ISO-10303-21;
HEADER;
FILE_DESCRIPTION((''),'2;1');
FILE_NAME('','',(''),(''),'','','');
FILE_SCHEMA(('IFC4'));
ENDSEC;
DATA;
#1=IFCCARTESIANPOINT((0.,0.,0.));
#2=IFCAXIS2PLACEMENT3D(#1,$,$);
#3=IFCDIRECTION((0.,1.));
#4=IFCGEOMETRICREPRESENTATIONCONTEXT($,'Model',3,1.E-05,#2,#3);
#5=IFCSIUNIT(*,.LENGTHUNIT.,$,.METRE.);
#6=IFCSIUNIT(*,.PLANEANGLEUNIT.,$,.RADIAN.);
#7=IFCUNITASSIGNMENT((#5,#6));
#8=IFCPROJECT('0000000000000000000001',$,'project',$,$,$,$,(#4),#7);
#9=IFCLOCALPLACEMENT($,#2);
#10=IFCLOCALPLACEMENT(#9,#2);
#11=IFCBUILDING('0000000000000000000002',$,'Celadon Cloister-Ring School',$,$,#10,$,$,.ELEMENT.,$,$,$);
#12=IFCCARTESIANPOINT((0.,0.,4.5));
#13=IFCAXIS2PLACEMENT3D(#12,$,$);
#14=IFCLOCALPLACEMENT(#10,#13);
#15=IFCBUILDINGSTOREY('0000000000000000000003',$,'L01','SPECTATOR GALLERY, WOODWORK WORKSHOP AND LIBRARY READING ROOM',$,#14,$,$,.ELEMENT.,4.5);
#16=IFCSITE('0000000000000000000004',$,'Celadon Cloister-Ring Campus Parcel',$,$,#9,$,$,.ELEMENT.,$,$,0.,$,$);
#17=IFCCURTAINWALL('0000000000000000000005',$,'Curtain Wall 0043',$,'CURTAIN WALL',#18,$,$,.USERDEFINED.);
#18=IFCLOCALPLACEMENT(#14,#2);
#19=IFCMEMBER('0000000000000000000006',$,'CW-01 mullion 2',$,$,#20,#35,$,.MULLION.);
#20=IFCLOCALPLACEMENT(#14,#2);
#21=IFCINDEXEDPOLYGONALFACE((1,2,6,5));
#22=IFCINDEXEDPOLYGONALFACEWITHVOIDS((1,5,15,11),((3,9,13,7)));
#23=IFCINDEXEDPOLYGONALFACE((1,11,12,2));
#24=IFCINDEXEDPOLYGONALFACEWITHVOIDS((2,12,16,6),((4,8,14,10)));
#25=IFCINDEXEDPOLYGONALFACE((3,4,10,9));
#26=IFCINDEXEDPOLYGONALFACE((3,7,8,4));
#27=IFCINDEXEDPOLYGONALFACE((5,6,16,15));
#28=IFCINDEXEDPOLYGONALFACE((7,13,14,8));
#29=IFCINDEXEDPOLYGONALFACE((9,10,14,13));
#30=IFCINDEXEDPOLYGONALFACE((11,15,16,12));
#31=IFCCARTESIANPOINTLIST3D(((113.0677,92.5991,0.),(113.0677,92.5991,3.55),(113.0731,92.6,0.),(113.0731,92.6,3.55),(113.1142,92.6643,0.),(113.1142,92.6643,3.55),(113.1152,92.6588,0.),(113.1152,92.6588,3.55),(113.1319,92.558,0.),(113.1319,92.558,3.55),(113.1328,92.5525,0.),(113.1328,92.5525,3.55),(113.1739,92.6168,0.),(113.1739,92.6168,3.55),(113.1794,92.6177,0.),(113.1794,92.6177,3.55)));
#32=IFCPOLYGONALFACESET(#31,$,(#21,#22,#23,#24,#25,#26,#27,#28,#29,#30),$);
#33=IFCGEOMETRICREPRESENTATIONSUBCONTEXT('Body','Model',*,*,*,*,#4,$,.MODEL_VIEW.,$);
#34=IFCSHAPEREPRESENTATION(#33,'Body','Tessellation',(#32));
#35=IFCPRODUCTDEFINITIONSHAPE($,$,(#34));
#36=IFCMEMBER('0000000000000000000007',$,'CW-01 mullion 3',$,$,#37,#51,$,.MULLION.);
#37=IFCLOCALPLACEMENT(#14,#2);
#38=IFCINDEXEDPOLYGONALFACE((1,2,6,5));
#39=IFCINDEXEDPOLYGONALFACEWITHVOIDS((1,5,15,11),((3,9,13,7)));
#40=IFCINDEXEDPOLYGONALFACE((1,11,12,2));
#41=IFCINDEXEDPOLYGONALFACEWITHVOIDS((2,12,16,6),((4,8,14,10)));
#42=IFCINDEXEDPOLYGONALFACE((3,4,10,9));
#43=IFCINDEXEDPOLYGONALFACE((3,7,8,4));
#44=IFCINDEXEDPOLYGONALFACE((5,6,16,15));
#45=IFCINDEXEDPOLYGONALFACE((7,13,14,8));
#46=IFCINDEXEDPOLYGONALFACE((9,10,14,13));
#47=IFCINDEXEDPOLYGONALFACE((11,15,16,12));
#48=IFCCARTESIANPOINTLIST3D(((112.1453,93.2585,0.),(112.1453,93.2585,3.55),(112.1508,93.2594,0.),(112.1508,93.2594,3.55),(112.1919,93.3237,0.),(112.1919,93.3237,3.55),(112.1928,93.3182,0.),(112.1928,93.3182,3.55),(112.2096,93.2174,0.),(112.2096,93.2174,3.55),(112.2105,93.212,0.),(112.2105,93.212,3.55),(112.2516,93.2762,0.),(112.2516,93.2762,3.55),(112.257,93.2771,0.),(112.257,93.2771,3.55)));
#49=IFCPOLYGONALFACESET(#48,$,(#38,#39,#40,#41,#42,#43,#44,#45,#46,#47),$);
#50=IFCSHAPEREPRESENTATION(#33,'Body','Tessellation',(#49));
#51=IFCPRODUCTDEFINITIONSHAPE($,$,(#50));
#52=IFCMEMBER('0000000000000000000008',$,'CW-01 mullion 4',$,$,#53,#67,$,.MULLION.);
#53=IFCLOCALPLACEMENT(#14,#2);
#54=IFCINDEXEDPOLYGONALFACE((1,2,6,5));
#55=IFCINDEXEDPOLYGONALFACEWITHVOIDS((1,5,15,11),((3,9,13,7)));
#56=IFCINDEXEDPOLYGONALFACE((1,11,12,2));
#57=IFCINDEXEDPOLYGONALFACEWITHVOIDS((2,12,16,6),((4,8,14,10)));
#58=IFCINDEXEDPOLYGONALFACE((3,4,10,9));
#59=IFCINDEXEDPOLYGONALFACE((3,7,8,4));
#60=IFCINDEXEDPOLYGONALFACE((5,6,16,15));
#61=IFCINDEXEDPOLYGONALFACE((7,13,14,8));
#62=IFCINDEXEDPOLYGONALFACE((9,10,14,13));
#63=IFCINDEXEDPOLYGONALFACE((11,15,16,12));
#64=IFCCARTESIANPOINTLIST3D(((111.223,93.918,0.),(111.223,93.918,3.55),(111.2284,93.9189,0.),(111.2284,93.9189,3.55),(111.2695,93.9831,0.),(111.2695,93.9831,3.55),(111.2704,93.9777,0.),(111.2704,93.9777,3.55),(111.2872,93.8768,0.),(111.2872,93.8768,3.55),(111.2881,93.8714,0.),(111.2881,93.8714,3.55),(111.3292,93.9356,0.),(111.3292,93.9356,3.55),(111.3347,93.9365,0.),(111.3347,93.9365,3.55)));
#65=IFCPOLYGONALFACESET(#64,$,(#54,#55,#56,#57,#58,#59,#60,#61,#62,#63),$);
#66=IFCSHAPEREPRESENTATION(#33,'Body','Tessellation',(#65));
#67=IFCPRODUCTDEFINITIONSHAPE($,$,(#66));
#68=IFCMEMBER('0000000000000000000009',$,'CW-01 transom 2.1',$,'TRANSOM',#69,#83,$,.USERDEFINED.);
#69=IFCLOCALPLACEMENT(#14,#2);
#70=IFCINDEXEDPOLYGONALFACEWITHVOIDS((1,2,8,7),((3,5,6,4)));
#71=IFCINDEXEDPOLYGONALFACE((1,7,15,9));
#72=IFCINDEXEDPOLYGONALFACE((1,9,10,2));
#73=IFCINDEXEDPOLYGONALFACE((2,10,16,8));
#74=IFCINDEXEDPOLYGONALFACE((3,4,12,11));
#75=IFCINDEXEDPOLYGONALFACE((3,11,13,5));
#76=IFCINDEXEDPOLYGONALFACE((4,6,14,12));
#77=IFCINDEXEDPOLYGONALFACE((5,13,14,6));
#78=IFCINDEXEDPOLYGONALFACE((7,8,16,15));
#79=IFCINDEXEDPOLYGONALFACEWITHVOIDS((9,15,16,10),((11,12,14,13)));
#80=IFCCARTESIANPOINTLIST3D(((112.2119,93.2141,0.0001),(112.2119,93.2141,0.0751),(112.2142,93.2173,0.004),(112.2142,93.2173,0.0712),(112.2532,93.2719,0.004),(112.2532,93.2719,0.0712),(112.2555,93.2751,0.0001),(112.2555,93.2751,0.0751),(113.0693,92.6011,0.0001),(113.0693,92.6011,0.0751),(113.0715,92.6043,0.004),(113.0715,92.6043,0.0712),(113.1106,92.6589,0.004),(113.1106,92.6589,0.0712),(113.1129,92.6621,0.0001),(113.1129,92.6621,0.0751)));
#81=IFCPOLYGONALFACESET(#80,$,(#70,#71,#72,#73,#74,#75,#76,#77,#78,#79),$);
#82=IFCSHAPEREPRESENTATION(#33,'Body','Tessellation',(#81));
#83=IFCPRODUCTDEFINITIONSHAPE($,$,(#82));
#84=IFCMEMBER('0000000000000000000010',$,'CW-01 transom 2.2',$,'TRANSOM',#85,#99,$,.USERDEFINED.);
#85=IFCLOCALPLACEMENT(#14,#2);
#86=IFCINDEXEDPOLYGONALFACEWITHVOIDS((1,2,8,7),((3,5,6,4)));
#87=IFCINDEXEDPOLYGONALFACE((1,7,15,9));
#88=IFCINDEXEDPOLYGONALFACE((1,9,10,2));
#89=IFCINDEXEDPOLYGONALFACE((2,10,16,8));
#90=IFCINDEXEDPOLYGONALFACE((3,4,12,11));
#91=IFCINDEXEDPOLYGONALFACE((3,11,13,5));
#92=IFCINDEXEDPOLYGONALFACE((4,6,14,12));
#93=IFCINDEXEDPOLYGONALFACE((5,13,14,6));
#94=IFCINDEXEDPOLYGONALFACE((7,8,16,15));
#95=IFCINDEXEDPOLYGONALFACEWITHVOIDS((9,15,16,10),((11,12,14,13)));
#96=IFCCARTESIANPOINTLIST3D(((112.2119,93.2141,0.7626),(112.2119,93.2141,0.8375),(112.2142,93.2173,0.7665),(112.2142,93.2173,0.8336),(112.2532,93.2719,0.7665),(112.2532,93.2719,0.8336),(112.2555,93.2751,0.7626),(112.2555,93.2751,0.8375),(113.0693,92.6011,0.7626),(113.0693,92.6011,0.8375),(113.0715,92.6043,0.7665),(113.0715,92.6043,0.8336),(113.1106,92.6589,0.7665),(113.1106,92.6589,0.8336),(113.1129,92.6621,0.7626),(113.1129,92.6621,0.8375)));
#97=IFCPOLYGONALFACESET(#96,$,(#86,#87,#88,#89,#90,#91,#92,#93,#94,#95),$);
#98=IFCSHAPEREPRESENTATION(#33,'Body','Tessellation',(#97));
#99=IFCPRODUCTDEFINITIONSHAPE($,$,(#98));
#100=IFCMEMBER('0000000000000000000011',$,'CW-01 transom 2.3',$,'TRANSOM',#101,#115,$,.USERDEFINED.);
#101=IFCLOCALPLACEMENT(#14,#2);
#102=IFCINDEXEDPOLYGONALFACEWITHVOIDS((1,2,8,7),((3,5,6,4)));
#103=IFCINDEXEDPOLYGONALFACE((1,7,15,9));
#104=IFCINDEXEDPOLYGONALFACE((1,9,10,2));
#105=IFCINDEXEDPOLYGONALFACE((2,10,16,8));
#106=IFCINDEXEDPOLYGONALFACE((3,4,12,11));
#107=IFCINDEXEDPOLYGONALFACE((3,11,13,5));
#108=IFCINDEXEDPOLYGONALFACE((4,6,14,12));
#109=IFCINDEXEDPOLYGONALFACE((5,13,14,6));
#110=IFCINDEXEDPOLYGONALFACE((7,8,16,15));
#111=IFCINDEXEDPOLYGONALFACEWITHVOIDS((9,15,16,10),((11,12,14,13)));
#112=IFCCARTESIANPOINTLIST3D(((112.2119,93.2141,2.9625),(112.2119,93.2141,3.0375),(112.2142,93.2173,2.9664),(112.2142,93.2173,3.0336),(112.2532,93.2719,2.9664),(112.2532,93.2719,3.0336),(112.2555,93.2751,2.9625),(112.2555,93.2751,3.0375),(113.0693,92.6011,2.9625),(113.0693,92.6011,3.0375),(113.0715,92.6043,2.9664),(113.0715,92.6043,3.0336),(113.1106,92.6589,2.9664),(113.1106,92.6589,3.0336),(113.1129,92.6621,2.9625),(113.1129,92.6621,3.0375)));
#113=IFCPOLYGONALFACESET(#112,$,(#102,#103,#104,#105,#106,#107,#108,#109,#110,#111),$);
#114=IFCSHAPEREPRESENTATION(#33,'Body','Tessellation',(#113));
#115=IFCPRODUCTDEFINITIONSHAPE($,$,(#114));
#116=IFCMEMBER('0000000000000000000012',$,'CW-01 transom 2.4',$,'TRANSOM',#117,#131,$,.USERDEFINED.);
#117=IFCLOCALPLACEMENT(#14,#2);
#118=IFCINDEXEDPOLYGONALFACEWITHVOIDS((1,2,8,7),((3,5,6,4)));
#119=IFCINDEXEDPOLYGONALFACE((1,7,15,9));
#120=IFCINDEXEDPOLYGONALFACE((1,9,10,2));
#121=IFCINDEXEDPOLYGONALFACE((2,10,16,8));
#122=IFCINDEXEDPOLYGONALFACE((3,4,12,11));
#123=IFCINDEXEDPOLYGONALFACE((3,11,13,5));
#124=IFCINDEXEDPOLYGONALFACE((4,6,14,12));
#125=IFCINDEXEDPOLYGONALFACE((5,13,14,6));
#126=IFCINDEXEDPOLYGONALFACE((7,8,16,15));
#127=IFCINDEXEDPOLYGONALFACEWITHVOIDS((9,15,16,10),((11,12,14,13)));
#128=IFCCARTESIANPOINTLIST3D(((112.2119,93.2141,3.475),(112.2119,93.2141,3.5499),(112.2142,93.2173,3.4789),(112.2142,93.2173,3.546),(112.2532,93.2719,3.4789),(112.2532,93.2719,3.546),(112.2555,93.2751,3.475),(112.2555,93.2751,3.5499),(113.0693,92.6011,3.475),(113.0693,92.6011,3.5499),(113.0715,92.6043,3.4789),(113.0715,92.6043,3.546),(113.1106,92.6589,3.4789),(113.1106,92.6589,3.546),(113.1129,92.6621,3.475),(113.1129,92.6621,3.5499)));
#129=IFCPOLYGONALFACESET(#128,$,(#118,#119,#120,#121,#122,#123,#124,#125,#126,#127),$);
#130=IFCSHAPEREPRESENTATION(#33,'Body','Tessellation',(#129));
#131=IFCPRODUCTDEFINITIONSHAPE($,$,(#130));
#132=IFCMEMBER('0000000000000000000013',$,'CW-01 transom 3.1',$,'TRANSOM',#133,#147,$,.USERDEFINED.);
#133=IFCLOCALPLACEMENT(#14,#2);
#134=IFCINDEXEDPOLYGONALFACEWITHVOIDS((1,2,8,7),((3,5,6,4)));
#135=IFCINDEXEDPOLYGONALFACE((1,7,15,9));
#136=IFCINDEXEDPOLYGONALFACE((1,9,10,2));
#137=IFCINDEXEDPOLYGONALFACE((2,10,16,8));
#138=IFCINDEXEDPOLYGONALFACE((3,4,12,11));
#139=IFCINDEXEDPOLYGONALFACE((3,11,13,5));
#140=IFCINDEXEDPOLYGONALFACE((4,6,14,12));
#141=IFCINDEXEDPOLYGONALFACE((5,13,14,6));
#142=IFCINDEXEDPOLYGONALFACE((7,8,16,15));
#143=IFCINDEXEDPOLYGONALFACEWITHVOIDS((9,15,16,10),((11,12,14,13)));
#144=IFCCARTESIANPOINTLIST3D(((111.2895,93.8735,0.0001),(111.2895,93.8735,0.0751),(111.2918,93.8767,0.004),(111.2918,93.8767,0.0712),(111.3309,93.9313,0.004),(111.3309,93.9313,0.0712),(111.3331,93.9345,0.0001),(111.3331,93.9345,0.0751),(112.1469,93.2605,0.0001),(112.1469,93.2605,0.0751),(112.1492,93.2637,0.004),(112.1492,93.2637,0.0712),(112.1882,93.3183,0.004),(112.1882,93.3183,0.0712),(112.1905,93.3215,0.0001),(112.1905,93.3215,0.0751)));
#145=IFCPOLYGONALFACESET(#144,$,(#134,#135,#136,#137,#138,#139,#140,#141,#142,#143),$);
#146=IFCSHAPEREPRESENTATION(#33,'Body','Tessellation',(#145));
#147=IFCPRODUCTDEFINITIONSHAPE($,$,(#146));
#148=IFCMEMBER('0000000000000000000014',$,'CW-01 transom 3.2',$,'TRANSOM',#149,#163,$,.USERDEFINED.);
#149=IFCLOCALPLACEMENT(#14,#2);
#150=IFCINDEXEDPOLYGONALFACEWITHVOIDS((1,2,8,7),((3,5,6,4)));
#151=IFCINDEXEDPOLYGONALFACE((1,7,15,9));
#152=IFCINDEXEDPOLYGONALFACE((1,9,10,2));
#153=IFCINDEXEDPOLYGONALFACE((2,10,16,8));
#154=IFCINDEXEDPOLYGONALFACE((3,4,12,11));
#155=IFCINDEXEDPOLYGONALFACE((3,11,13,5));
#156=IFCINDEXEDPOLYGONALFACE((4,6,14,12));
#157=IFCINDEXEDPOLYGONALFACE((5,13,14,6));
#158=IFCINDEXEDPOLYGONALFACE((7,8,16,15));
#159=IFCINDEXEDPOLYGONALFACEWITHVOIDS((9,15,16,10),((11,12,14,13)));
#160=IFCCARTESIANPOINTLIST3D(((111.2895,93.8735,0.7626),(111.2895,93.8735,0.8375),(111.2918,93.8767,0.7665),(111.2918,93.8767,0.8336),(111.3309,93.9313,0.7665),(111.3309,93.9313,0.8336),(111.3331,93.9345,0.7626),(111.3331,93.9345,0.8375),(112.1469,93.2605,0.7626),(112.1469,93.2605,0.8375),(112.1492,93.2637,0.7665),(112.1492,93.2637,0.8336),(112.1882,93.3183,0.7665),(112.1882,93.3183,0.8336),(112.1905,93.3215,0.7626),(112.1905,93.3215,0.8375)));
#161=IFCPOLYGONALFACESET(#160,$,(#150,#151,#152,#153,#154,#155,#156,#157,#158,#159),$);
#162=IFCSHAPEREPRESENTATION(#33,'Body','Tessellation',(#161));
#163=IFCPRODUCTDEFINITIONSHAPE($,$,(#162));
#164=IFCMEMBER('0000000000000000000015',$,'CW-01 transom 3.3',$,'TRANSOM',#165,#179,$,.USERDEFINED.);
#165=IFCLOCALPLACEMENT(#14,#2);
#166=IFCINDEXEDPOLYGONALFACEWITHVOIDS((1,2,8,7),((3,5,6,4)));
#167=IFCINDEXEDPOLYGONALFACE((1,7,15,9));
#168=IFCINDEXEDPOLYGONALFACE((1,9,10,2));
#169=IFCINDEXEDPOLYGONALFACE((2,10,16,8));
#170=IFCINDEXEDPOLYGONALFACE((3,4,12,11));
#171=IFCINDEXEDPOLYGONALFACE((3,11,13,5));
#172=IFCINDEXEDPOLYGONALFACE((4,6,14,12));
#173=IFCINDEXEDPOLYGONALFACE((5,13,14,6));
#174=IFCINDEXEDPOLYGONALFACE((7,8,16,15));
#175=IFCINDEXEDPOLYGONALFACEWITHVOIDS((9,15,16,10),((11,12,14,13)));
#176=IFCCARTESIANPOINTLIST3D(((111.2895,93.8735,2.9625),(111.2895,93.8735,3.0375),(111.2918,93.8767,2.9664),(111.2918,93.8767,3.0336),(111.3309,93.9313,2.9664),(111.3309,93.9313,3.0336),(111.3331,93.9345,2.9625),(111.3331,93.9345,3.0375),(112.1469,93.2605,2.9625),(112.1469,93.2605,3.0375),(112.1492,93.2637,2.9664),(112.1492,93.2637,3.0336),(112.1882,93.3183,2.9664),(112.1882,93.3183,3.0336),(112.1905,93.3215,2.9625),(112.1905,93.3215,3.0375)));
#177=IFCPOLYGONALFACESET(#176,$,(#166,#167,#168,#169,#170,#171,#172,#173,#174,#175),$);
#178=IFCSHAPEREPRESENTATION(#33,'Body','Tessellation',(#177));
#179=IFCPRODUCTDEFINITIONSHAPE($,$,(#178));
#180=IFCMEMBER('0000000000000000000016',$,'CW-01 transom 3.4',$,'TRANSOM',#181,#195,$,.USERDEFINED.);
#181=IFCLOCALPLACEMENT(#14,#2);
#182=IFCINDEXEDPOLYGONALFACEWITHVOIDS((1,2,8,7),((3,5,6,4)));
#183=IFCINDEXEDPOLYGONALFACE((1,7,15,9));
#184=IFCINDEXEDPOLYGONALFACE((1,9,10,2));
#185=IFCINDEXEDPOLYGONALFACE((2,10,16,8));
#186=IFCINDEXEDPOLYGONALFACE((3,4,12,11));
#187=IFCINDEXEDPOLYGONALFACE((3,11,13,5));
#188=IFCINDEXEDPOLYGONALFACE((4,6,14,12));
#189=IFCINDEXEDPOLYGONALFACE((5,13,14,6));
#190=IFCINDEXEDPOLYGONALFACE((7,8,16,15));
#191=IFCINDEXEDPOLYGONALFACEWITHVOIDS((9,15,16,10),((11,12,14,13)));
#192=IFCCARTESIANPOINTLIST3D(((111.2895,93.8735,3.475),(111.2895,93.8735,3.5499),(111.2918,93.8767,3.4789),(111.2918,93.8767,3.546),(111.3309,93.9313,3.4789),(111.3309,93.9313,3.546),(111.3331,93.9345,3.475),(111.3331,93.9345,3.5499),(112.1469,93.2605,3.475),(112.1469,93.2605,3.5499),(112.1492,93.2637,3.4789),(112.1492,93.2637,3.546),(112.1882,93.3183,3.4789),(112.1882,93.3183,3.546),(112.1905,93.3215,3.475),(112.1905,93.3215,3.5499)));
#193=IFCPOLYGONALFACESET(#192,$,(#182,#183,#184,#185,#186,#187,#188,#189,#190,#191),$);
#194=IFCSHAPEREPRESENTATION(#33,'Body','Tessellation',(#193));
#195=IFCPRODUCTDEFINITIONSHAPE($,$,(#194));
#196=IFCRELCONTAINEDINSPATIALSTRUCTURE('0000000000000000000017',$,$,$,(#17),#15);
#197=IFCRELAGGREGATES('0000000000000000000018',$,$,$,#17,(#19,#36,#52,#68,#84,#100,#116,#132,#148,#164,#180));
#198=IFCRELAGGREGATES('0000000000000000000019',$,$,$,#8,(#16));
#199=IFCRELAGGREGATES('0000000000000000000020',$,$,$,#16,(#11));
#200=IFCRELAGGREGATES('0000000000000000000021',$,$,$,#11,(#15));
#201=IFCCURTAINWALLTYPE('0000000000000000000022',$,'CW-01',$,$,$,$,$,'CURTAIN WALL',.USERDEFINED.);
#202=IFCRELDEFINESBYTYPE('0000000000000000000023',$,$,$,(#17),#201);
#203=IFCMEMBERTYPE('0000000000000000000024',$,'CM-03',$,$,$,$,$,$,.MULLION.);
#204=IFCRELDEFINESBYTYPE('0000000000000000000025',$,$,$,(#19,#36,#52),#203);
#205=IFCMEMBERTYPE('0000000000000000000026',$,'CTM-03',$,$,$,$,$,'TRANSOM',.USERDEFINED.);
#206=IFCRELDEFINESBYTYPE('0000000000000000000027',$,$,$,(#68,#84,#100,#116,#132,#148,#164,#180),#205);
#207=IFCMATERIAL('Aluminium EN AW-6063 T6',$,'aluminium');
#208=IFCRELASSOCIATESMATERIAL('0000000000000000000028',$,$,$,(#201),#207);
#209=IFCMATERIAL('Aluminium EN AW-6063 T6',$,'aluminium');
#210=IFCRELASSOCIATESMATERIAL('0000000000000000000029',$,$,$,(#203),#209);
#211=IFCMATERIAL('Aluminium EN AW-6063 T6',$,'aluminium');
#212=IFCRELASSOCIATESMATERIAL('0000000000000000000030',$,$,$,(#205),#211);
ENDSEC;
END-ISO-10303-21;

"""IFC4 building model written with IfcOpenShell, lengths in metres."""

from ifc_helpers import new_model, si_unit, direction, frame, origin, origin_2d, place, context, subcontext, project, spatial, hollow_rectangle, extrude, material, material_profile, profile_set, type_object, element, aggregate, save


model = new_model("IFC4")

# Units and contexts
model_context = context("Model", 3, precision=1e-05, world=origin(), true_north=direction((0.0, 1.0)))
body_context = subcontext(model_context, "Body", "Model", "MODEL_VIEW")
ifc_project = project(units=[si_unit("LENGTHUNIT", "METRE"), si_unit("PLANEANGLEUNIT", "RADIAN")], contexts=[model_context])

# Site, building, storey
site_placement = place(None, origin())
site = spatial("IfcSite", under=ifc_project, at=site_placement, Name="Celadon Cloister-Ring Campus Parcel", CompositionType="ELEMENT", RefElevation=0.0)
building_placement = place(site_placement, origin())
building = spatial("IfcBuilding", under=site, at=building_placement, Name="Celadon Cloister-Ring School", CompositionType="ELEMENT")
storey_placement = place(building_placement, frame((0.0, 0.0, 4.5)))
storey = spatial("IfcBuildingStorey", under=building, at=storey_placement, Name="L01", Description="SPECTATOR GALLERY, WOODWORK WORKSHOP AND LIBRARY READING ROOM", CompositionType="ELEMENT", Elevation=4.5)

# Curtain wall, members
ifc_material_1 = material(Name="Aluminium EN AW-6063 T6", Category="aluminium")
curtain_wall_type = type_object("IfcCurtainWallType", Name="CW-01", ElementType="CURTAIN WALL", PredefinedType="USERDEFINED", material=ifc_material_1)
curtain_wall_placement = place(storey_placement, origin())
curtain_wall = element("IfcCurtainWall", 1, at=curtain_wall_placement, inside=storey, type_object=curtain_wall_type, Name="Curtain Wall 0043", ObjectType="CURTAIN WALL", PredefinedType="USERDEFINED")
ifc_material_2 = material(Name="Aluminium EN AW-6063 T6", Category="aluminium")
ifc_material_profile_1 = material_profile(ifc_material_2, hollow_rectangle(XDim=0.0801, YDim=0.0801, WallThickness=0.0039, at=origin_2d()), Name="RHS80X80X4")
ifc_profile_set_1 = profile_set([ifc_material_profile_1], Name="Aluminium EN AW-6063 T6")
member_type_1 = type_object("IfcMemberType", Name="CM-03", PredefinedType="MULLION", material=ifc_profile_set_1)
member_1_placement = place(storey_placement, frame((113.1235, 92.6084, 0.0), z_axis=(0.0, 0.0, 1.0), x_axis=(-0.581555, -0.813507, 0.0)))
member_1 = element("IfcMember", 2, at=member_1_placement, type_object=member_type_1, Name="CW-01 mullion 2", PredefinedType="MULLION", context=body_context, shape_type="SweptSolid", body=[
    extrude(hollow_rectangle(XDim=0.0801, YDim=0.0801, WallThickness=0.0039, at=origin_2d()), origin(), (0.0, 0.0, 1.0), 3.55),
])
member_2_placement = place(storey_placement, frame((112.2012, 93.2678, 0.0), z_axis=(0.0, 0.0, 1.0), x_axis=(-0.581555, -0.813507, 0.0)))
member_2 = element("IfcMember", 3, at=member_2_placement, type_object=member_type_1, Name="CW-01 mullion 3", PredefinedType="MULLION", context=body_context, shape_type="SweptSolid", body=[
    extrude(hollow_rectangle(XDim=0.0801, YDim=0.0801, WallThickness=0.0039, at=origin_2d()), origin(), (0.0, 0.0, 1.0), 3.55),
])
member_3_placement = place(storey_placement, frame((111.2788, 93.9272, 0.0), z_axis=(0.0, 0.0, 1.0), x_axis=(-0.581555, -0.813507, 0.0)))
member_3 = element("IfcMember", 4, at=member_3_placement, type_object=member_type_1, Name="CW-01 mullion 4", PredefinedType="MULLION", context=body_context, shape_type="SweptSolid", body=[
    extrude(hollow_rectangle(XDim=0.0801, YDim=0.0801, WallThickness=0.0039, at=origin_2d()), origin(), (0.0, 0.0, 1.0), 3.55),
])
ifc_material_3 = material(Name="Aluminium EN AW-6063 T6", Category="aluminium")
ifc_material_profile_2 = material_profile(ifc_material_3, hollow_rectangle(XDim=0.075, YDim=0.075, WallThickness=0.0039, at=origin_2d()), Name="RHS75X75X4")
ifc_profile_set_2 = profile_set([ifc_material_profile_2], Name="Aluminium EN AW-6063 T6")
member_type_2 = type_object("IfcMemberType", Name="CTM-03", ElementType="TRANSOM", PredefinedType="USERDEFINED", material=ifc_profile_set_2)
member_4_placement = place(storey_placement, frame((113.0911, 92.6316, 0.0376), z_axis=(-0.813467, 0.581611, 0.0), x_axis=(-0.581611, -0.813467, 0.0)))
member_4 = element("IfcMember", 5, at=member_4_placement, type_object=member_type_2, Name="CW-01 transom 2.1", ObjectType="TRANSOM", PredefinedType="USERDEFINED", context=body_context, shape_type="SweptSolid", body=[
    extrude(hollow_rectangle(XDim=0.075, YDim=0.075, WallThickness=0.0039, at=origin_2d()), origin(), (0.0, 0.0, 1.0), 1.054),
])
member_5_placement = place(storey_placement, frame((113.0911, 92.6316, 0.8), z_axis=(-0.813467, 0.581611, 0.0), x_axis=(-0.581611, -0.813467, 0.0)))
member_5 = element("IfcMember", 6, at=member_5_placement, type_object=member_type_2, Name="CW-01 transom 2.2", ObjectType="TRANSOM", PredefinedType="USERDEFINED", context=body_context, shape_type="SweptSolid", body=[
    extrude(hollow_rectangle(XDim=0.075, YDim=0.075, WallThickness=0.0039, at=origin_2d()), origin(), (0.0, 0.0, 1.0), 1.054),
])
member_6_placement = place(storey_placement, frame((113.0911, 92.6316, 3.0), z_axis=(-0.813467, 0.581611, 0.0), x_axis=(-0.581611, -0.813467, 0.0)))
member_6 = element("IfcMember", 7, at=member_6_placement, type_object=member_type_2, Name="CW-01 transom 2.3", ObjectType="TRANSOM", PredefinedType="USERDEFINED", context=body_context, shape_type="SweptSolid", body=[
    extrude(hollow_rectangle(XDim=0.075, YDim=0.075, WallThickness=0.0039, at=origin_2d()), origin(), (0.0, 0.0, 1.0), 1.054),
])
member_7_placement = place(storey_placement, frame((113.0911, 92.6316, 3.5125), z_axis=(-0.813467, 0.581611, 0.0), x_axis=(-0.581611, -0.813467, 0.0)))
member_7 = element("IfcMember", 8, at=member_7_placement, type_object=member_type_2, Name="CW-01 transom 2.4", ObjectType="TRANSOM", PredefinedType="USERDEFINED", context=body_context, shape_type="SweptSolid", body=[
    extrude(hollow_rectangle(XDim=0.075, YDim=0.075, WallThickness=0.0039, at=origin_2d()), origin(), (0.0, 0.0, 1.0), 1.054),
])
member_8_placement = place(storey_placement, frame((112.1687, 93.291, 0.0376), z_axis=(-0.813467, 0.581611, 0.0), x_axis=(-0.581611, -0.813467, 0.0)))
member_8 = element("IfcMember", 9, at=member_8_placement, type_object=member_type_2, Name="CW-01 transom 3.1", ObjectType="TRANSOM", PredefinedType="USERDEFINED", context=body_context, shape_type="SweptSolid", body=[
    extrude(hollow_rectangle(XDim=0.075, YDim=0.075, WallThickness=0.0039, at=origin_2d()), origin(), (0.0, 0.0, 1.0), 1.054),
])
member_9_placement = place(storey_placement, frame((112.1687, 93.291, 0.8), z_axis=(-0.813467, 0.581611, 0.0), x_axis=(-0.581611, -0.813467, 0.0)))
member_9 = element("IfcMember", 10, at=member_9_placement, type_object=member_type_2, Name="CW-01 transom 3.2", ObjectType="TRANSOM", PredefinedType="USERDEFINED", context=body_context, shape_type="SweptSolid", body=[
    extrude(hollow_rectangle(XDim=0.075, YDim=0.075, WallThickness=0.0039, at=origin_2d()), origin(), (0.0, 0.0, 1.0), 1.054),
])
member_10_placement = place(storey_placement, frame((112.1687, 93.291, 3.0), z_axis=(-0.813467, 0.581611, 0.0), x_axis=(-0.581611, -0.813467, 0.0)))
member_10 = element("IfcMember", 11, at=member_10_placement, type_object=member_type_2, Name="CW-01 transom 3.3", ObjectType="TRANSOM", PredefinedType="USERDEFINED", context=body_context, shape_type="SweptSolid", body=[
    extrude(hollow_rectangle(XDim=0.075, YDim=0.075, WallThickness=0.0039, at=origin_2d()), origin(), (0.0, 0.0, 1.0), 1.054),
])
member_11_placement = place(storey_placement, frame((112.1687, 93.291, 3.5125), z_axis=(-0.813467, 0.581611, 0.0), x_axis=(-0.581611, -0.813467, 0.0)))
member_11 = element("IfcMember", 12, at=member_11_placement, type_object=member_type_2, Name="CW-01 transom 3.4", ObjectType="TRANSOM", PredefinedType="USERDEFINED", context=body_context, shape_type="SweptSolid", body=[
    extrude(hollow_rectangle(XDim=0.075, YDim=0.075, WallThickness=0.0039, at=origin_2d()), origin(), (0.0, 0.0, 1.0), 1.054),
])
aggregate(curtain_wall, [member_1, member_2, member_3, member_4, member_5, member_6, member_7, member_8, member_9, member_10, member_11])

save(model, "model.ifc")
